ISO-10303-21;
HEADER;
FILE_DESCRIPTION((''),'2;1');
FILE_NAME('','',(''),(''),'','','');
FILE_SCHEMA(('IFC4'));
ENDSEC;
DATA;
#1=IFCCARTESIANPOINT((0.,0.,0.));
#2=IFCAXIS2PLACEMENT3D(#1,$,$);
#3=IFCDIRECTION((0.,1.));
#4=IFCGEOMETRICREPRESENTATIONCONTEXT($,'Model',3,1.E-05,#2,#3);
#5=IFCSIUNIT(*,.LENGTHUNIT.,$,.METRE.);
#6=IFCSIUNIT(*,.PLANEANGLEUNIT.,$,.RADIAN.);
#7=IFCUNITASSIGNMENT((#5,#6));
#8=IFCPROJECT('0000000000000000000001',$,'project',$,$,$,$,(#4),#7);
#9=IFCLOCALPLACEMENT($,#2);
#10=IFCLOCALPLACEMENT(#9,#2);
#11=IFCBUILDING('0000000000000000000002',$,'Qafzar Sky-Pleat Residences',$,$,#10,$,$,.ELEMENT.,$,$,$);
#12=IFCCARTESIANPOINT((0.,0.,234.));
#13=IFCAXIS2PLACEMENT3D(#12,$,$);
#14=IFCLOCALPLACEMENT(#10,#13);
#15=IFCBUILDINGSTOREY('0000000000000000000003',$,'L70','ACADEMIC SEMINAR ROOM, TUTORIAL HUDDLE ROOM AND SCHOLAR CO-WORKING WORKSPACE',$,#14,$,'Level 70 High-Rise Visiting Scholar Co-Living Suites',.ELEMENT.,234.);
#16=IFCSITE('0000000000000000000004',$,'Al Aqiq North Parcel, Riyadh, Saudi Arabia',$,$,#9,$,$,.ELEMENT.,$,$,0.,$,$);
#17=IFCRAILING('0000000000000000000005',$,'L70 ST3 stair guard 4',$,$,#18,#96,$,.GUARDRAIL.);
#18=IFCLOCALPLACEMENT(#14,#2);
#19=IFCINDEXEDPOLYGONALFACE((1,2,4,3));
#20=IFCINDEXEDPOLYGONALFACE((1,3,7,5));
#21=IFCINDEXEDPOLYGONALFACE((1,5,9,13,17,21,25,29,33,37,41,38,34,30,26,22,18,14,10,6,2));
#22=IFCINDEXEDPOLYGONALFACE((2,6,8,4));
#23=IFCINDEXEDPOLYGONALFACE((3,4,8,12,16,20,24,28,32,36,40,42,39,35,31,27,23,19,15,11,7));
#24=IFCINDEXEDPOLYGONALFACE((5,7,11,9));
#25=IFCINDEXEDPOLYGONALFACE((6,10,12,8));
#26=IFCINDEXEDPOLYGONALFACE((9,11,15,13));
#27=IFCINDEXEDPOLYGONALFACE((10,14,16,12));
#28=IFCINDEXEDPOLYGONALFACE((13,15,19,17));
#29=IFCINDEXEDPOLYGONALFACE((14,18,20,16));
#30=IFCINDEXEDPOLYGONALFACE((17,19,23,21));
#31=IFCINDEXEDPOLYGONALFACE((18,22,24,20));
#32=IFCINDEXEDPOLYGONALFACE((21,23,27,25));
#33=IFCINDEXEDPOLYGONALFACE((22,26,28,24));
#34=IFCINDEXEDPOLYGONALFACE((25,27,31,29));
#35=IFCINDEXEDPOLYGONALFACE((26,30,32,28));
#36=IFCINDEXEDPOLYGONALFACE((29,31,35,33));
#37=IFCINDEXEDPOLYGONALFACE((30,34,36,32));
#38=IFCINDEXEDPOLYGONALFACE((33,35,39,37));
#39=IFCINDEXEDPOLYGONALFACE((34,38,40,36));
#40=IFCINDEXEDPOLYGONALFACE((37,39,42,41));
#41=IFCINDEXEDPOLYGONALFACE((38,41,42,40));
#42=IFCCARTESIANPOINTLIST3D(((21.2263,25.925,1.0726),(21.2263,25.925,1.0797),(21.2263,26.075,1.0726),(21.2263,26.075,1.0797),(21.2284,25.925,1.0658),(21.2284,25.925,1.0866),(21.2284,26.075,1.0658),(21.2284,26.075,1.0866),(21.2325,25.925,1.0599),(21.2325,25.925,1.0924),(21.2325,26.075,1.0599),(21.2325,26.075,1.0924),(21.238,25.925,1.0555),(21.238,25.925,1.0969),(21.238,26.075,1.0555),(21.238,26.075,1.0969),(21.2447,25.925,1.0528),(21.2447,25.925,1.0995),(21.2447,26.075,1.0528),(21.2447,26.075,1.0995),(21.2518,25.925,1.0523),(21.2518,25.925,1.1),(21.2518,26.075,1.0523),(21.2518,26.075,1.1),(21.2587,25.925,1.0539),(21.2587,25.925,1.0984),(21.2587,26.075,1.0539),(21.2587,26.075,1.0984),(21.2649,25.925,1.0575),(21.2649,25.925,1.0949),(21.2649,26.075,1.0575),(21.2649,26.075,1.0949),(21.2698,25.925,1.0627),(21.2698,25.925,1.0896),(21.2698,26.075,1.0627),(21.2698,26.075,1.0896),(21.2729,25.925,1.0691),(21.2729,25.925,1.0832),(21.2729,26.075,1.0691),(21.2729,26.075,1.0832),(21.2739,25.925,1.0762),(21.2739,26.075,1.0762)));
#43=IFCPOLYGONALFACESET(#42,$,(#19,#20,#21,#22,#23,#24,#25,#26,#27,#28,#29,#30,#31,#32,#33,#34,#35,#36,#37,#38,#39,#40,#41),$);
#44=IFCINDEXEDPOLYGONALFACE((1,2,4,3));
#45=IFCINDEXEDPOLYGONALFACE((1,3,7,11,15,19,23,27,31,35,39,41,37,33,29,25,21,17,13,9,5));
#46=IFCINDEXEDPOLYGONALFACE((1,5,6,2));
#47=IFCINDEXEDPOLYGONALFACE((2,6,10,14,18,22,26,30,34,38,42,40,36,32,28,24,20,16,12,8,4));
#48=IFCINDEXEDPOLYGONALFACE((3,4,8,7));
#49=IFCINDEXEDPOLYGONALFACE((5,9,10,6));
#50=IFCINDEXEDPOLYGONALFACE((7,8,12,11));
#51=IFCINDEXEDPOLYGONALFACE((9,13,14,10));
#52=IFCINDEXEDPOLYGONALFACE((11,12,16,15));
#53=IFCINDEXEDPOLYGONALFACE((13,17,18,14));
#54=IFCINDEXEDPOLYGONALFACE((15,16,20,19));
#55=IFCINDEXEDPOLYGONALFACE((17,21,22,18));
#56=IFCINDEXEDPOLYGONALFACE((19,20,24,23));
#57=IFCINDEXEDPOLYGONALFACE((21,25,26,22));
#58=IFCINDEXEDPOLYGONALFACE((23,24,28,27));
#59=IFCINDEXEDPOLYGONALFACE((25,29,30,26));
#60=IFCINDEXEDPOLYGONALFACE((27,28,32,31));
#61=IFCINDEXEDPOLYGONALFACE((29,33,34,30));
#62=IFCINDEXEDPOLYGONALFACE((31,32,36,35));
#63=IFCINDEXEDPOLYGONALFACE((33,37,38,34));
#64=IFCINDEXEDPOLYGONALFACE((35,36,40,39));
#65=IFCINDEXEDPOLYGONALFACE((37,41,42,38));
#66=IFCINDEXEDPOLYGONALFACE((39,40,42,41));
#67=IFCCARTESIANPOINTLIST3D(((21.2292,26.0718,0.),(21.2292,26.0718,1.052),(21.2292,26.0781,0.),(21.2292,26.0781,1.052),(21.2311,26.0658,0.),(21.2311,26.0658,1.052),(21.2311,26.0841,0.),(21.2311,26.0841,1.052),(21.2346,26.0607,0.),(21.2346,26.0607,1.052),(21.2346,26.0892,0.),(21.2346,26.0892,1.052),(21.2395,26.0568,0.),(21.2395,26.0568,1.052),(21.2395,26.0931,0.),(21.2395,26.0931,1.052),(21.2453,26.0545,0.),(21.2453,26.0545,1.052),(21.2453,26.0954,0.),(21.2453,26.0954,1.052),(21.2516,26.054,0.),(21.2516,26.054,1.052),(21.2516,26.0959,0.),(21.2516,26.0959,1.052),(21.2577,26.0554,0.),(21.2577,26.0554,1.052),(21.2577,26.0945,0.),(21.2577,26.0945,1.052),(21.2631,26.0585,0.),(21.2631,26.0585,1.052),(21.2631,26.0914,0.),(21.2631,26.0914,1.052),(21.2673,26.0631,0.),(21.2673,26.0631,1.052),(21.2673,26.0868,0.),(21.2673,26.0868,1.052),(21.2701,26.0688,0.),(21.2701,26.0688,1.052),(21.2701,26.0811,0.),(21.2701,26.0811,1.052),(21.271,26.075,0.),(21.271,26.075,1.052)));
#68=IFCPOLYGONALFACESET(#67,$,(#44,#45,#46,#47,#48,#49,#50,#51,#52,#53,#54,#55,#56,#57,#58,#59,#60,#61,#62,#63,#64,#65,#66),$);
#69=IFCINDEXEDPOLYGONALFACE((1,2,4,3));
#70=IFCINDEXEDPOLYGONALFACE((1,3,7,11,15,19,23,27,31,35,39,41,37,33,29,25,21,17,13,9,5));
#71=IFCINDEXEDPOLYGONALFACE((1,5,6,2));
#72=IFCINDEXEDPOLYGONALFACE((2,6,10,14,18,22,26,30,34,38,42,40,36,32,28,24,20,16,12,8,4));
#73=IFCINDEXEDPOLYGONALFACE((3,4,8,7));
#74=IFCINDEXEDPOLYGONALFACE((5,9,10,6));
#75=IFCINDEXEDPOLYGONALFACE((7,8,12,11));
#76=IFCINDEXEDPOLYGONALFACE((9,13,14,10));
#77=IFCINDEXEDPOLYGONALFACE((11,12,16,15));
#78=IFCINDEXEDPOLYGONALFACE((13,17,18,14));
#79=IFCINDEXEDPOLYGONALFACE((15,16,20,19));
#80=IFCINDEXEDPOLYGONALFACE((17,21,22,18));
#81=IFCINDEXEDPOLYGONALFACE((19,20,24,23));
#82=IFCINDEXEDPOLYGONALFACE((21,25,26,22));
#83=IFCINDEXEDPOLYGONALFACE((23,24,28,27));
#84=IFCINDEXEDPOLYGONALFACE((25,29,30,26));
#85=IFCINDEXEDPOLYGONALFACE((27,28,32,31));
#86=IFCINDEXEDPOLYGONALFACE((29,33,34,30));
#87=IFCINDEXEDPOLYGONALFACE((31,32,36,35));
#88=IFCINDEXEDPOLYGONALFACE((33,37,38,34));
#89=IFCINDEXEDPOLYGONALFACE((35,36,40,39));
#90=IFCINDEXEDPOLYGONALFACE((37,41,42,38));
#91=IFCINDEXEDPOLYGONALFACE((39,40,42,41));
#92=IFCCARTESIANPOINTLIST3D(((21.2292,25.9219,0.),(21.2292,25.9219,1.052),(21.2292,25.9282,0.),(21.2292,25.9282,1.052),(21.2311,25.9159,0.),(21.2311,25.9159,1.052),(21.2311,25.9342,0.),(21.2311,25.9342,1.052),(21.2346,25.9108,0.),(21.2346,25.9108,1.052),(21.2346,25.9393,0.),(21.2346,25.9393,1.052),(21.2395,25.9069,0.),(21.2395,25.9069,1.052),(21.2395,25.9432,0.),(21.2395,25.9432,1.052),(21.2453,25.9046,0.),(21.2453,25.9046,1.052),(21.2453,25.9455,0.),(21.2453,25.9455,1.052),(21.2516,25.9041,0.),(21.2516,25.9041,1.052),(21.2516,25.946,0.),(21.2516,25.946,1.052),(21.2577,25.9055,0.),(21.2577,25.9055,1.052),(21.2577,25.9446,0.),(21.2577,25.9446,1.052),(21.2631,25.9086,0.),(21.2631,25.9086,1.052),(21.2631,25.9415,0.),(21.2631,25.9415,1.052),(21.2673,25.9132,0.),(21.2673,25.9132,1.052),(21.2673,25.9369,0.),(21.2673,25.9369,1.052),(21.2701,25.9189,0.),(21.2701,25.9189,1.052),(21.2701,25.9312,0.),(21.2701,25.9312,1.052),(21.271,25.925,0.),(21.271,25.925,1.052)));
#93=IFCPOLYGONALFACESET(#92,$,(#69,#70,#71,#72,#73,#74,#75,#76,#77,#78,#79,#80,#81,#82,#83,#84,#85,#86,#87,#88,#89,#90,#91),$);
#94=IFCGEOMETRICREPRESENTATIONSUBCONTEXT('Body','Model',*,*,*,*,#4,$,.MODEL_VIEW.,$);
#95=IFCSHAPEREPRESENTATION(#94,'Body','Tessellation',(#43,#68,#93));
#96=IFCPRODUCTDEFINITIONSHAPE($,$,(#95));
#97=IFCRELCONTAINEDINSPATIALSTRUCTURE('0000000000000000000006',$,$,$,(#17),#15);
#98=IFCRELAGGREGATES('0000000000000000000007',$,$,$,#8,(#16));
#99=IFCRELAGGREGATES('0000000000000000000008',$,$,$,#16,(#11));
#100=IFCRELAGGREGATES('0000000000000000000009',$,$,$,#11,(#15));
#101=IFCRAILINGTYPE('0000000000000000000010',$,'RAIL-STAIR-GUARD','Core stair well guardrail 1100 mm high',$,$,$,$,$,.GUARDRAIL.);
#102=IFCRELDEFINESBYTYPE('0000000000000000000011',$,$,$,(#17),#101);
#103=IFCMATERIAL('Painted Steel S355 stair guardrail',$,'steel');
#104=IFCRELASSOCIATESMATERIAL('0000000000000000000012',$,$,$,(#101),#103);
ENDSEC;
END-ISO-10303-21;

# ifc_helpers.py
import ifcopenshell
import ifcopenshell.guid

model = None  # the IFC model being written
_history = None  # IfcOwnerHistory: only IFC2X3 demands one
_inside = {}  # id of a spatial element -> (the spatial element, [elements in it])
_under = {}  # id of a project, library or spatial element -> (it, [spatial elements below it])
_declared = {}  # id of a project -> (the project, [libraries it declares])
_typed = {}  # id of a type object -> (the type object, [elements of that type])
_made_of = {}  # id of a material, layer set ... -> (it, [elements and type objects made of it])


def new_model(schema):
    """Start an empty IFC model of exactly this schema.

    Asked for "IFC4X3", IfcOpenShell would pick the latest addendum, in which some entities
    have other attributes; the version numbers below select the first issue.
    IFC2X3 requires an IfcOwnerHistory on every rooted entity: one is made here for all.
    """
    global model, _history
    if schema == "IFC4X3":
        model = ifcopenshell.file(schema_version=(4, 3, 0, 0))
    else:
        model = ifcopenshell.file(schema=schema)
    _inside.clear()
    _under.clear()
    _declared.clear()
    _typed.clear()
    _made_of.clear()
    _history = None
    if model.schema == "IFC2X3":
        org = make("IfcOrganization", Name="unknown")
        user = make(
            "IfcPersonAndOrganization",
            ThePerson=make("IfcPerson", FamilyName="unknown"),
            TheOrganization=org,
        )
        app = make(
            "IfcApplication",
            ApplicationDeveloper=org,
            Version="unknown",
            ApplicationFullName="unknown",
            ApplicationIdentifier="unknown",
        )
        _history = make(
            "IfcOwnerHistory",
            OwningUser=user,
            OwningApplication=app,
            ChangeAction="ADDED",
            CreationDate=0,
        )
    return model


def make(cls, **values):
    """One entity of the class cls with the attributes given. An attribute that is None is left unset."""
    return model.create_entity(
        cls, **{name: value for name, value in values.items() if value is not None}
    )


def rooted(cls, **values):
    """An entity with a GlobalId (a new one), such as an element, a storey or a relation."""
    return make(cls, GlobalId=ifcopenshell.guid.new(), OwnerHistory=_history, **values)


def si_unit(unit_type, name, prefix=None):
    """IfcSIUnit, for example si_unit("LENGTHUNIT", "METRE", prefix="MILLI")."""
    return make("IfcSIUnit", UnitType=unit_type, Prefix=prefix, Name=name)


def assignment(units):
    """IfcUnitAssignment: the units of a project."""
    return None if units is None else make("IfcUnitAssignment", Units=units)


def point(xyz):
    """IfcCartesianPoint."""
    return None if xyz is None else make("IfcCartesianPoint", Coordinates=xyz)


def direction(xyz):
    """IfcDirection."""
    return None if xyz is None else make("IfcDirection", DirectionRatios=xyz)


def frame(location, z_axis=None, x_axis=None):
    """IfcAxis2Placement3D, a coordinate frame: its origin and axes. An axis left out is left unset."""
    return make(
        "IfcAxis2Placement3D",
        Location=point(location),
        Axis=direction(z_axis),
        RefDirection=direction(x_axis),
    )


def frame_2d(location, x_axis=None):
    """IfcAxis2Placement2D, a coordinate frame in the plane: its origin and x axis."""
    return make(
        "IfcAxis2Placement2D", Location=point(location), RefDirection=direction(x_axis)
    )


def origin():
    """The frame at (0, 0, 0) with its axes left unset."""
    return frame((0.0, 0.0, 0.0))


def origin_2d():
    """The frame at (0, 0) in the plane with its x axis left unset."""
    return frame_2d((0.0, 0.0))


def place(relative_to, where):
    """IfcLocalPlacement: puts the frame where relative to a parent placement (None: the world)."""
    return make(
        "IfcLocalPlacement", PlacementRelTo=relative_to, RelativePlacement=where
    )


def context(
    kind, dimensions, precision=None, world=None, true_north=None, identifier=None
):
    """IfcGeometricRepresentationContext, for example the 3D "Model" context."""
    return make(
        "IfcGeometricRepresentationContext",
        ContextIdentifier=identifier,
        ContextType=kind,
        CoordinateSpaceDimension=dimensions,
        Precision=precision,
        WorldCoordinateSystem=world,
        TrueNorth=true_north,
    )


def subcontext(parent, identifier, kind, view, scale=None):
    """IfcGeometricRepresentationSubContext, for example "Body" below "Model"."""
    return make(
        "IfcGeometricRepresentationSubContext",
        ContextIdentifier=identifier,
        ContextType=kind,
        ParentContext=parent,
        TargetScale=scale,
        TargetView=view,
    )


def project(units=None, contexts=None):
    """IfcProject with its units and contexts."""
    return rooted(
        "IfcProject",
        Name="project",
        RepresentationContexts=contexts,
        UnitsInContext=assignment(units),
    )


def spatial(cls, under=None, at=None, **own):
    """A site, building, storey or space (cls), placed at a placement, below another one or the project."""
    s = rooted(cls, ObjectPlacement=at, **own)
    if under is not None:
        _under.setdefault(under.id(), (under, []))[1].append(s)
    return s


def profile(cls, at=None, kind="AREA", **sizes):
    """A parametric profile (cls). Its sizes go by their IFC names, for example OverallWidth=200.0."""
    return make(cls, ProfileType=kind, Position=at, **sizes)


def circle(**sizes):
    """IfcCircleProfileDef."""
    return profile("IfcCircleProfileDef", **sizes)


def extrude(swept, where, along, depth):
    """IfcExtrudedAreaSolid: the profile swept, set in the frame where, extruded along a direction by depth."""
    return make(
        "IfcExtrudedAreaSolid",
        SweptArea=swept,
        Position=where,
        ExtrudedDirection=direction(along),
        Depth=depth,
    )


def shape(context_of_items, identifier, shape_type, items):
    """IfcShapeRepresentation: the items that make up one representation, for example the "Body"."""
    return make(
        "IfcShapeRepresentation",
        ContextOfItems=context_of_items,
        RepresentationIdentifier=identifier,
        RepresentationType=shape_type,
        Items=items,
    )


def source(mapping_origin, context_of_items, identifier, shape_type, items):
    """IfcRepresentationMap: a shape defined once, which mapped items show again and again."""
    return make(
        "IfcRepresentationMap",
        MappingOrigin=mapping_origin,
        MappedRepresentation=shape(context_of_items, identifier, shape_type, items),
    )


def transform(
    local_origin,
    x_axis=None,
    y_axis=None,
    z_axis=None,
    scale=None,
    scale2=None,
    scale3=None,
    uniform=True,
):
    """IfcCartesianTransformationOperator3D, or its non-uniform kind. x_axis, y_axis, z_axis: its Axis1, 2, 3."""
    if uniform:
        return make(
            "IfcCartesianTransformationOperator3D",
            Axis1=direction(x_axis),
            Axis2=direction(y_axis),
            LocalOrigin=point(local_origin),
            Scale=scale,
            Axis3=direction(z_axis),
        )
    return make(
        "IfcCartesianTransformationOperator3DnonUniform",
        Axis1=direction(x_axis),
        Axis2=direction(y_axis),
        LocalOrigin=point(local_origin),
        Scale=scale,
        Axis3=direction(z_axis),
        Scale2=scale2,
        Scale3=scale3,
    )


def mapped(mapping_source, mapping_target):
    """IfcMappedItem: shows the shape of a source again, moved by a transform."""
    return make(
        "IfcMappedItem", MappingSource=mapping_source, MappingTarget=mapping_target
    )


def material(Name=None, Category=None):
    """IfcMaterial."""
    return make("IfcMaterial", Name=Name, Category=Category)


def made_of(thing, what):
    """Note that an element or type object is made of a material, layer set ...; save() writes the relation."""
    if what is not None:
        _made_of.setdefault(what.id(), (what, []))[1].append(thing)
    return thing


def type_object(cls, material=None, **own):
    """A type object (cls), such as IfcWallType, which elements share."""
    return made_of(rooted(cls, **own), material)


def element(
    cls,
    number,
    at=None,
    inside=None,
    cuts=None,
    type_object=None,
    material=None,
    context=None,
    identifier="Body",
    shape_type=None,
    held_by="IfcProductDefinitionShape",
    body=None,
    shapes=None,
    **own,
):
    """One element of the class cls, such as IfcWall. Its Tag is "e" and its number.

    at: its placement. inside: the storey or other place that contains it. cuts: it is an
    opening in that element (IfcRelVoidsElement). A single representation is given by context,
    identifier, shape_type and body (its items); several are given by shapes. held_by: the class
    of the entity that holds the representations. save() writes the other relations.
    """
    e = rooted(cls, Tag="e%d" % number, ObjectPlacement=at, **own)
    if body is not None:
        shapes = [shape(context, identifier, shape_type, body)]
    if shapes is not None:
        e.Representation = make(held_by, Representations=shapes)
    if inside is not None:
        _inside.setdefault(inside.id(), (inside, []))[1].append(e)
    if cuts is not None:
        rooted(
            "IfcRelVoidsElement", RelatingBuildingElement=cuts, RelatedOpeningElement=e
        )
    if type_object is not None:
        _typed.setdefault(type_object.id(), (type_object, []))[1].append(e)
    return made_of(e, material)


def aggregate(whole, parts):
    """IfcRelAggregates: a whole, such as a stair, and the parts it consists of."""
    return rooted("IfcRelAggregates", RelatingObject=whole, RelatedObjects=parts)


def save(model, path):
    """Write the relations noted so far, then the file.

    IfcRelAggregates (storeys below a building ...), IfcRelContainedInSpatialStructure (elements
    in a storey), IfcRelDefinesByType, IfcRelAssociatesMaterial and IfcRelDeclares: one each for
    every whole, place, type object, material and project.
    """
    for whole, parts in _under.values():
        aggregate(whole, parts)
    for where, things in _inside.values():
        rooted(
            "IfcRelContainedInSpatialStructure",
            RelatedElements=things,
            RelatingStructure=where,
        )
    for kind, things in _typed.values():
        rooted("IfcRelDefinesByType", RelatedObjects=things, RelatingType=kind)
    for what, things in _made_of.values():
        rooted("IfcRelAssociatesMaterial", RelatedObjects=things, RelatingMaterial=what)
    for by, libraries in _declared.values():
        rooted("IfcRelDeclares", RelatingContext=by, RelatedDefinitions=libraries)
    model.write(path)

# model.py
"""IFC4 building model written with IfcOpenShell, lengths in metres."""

from ifc_helpers import new_model, si_unit, direction, frame, origin, origin_2d, place, context, subcontext, project, spatial, circle, extrude, source, transform, mapped, material, type_object, element, save


model = new_model("IFC4")

# Units and contexts
model_context = context("Model", 3, precision=1e-05, world=origin(), true_north=direction((0.0, 1.0)))
body_context = subcontext(model_context, "Body", "Model", "MODEL_VIEW")
ifc_project = project(units=[si_unit("LENGTHUNIT", "METRE"), si_unit("PLANEANGLEUNIT", "RADIAN")], contexts=[model_context])

# Site, building, storey
site_placement = place(None, origin())
site = spatial("IfcSite", under=ifc_project, at=site_placement, Name="Al Aqiq North Parcel, Riyadh, Saudi Arabia", CompositionType="ELEMENT", RefElevation=0.0)
building_placement = place(site_placement, origin())
building = spatial("IfcBuilding", under=site, at=building_placement, Name="Qafzar Sky-Pleat Residences", CompositionType="ELEMENT")
storey_placement = place(building_placement, frame((0.0, 0.0, 234.0)))
storey = spatial("IfcBuildingStorey", under=building, at=storey_placement, Name="L70", Description="ACADEMIC SEMINAR ROOM, TUTORIAL HUDDLE ROOM AND SCHOLAR CO-WORKING WORKSPACE", LongName="Level 70 High-Rise Visiting Scholar Co-Living Suites", CompositionType="ELEMENT", Elevation=234.0)

# Railing
ifc_material_1 = material(Name="Painted Steel S355 stair guardrail", Category="steel")
railing_type_1 = type_object("IfcRailingType", Name="RAIL-STAIR-GUARD", Description="Core stair well guardrail 1100 mm high", PredefinedType="GUARDRAIL", material=ifc_material_1)
shared_shape_1 = source(origin(), body_context, "Body", "SweptSolid", [
    extrude(circle(Radius=0.0239, at=origin_2d()), frame((0.0, 0.0, 1.0762), z_axis=(0.0, -1.0, 0.0), x_axis=(1.0, 0.0, 0.0)), (0.0, 0.0, 1.0), 0.1499),
    extrude(circle(Radius=0.021, at=origin_2d()), origin(), (0.0, 0.0, 1.0), 1.052),
    extrude(circle(Radius=0.021, at=origin_2d()), frame((0.0, -0.1499, 0.0)), (0.0, 0.0, 1.0), 1.052),
])
railing_1_placement = place(storey_placement, frame((21.25, 26.075, 0.0)))
element("IfcRailing", 1, at=railing_1_placement, inside=storey, type_object=railing_type_1, Name="L70 ST3 stair guard 4", PredefinedType="GUARDRAIL", context=body_context, shape_type="MappedRepresentation", body=[
    mapped(shared_shape_1, transform((0.0, 0.0, 0.0), x_axis=(1.0, 0.0, 0.0), y_axis=(0.0, 1.0, 0.0), z_axis=(0.0, 0.0, 1.0), scale=1.0)),
])

save(model, "model.ifc")
